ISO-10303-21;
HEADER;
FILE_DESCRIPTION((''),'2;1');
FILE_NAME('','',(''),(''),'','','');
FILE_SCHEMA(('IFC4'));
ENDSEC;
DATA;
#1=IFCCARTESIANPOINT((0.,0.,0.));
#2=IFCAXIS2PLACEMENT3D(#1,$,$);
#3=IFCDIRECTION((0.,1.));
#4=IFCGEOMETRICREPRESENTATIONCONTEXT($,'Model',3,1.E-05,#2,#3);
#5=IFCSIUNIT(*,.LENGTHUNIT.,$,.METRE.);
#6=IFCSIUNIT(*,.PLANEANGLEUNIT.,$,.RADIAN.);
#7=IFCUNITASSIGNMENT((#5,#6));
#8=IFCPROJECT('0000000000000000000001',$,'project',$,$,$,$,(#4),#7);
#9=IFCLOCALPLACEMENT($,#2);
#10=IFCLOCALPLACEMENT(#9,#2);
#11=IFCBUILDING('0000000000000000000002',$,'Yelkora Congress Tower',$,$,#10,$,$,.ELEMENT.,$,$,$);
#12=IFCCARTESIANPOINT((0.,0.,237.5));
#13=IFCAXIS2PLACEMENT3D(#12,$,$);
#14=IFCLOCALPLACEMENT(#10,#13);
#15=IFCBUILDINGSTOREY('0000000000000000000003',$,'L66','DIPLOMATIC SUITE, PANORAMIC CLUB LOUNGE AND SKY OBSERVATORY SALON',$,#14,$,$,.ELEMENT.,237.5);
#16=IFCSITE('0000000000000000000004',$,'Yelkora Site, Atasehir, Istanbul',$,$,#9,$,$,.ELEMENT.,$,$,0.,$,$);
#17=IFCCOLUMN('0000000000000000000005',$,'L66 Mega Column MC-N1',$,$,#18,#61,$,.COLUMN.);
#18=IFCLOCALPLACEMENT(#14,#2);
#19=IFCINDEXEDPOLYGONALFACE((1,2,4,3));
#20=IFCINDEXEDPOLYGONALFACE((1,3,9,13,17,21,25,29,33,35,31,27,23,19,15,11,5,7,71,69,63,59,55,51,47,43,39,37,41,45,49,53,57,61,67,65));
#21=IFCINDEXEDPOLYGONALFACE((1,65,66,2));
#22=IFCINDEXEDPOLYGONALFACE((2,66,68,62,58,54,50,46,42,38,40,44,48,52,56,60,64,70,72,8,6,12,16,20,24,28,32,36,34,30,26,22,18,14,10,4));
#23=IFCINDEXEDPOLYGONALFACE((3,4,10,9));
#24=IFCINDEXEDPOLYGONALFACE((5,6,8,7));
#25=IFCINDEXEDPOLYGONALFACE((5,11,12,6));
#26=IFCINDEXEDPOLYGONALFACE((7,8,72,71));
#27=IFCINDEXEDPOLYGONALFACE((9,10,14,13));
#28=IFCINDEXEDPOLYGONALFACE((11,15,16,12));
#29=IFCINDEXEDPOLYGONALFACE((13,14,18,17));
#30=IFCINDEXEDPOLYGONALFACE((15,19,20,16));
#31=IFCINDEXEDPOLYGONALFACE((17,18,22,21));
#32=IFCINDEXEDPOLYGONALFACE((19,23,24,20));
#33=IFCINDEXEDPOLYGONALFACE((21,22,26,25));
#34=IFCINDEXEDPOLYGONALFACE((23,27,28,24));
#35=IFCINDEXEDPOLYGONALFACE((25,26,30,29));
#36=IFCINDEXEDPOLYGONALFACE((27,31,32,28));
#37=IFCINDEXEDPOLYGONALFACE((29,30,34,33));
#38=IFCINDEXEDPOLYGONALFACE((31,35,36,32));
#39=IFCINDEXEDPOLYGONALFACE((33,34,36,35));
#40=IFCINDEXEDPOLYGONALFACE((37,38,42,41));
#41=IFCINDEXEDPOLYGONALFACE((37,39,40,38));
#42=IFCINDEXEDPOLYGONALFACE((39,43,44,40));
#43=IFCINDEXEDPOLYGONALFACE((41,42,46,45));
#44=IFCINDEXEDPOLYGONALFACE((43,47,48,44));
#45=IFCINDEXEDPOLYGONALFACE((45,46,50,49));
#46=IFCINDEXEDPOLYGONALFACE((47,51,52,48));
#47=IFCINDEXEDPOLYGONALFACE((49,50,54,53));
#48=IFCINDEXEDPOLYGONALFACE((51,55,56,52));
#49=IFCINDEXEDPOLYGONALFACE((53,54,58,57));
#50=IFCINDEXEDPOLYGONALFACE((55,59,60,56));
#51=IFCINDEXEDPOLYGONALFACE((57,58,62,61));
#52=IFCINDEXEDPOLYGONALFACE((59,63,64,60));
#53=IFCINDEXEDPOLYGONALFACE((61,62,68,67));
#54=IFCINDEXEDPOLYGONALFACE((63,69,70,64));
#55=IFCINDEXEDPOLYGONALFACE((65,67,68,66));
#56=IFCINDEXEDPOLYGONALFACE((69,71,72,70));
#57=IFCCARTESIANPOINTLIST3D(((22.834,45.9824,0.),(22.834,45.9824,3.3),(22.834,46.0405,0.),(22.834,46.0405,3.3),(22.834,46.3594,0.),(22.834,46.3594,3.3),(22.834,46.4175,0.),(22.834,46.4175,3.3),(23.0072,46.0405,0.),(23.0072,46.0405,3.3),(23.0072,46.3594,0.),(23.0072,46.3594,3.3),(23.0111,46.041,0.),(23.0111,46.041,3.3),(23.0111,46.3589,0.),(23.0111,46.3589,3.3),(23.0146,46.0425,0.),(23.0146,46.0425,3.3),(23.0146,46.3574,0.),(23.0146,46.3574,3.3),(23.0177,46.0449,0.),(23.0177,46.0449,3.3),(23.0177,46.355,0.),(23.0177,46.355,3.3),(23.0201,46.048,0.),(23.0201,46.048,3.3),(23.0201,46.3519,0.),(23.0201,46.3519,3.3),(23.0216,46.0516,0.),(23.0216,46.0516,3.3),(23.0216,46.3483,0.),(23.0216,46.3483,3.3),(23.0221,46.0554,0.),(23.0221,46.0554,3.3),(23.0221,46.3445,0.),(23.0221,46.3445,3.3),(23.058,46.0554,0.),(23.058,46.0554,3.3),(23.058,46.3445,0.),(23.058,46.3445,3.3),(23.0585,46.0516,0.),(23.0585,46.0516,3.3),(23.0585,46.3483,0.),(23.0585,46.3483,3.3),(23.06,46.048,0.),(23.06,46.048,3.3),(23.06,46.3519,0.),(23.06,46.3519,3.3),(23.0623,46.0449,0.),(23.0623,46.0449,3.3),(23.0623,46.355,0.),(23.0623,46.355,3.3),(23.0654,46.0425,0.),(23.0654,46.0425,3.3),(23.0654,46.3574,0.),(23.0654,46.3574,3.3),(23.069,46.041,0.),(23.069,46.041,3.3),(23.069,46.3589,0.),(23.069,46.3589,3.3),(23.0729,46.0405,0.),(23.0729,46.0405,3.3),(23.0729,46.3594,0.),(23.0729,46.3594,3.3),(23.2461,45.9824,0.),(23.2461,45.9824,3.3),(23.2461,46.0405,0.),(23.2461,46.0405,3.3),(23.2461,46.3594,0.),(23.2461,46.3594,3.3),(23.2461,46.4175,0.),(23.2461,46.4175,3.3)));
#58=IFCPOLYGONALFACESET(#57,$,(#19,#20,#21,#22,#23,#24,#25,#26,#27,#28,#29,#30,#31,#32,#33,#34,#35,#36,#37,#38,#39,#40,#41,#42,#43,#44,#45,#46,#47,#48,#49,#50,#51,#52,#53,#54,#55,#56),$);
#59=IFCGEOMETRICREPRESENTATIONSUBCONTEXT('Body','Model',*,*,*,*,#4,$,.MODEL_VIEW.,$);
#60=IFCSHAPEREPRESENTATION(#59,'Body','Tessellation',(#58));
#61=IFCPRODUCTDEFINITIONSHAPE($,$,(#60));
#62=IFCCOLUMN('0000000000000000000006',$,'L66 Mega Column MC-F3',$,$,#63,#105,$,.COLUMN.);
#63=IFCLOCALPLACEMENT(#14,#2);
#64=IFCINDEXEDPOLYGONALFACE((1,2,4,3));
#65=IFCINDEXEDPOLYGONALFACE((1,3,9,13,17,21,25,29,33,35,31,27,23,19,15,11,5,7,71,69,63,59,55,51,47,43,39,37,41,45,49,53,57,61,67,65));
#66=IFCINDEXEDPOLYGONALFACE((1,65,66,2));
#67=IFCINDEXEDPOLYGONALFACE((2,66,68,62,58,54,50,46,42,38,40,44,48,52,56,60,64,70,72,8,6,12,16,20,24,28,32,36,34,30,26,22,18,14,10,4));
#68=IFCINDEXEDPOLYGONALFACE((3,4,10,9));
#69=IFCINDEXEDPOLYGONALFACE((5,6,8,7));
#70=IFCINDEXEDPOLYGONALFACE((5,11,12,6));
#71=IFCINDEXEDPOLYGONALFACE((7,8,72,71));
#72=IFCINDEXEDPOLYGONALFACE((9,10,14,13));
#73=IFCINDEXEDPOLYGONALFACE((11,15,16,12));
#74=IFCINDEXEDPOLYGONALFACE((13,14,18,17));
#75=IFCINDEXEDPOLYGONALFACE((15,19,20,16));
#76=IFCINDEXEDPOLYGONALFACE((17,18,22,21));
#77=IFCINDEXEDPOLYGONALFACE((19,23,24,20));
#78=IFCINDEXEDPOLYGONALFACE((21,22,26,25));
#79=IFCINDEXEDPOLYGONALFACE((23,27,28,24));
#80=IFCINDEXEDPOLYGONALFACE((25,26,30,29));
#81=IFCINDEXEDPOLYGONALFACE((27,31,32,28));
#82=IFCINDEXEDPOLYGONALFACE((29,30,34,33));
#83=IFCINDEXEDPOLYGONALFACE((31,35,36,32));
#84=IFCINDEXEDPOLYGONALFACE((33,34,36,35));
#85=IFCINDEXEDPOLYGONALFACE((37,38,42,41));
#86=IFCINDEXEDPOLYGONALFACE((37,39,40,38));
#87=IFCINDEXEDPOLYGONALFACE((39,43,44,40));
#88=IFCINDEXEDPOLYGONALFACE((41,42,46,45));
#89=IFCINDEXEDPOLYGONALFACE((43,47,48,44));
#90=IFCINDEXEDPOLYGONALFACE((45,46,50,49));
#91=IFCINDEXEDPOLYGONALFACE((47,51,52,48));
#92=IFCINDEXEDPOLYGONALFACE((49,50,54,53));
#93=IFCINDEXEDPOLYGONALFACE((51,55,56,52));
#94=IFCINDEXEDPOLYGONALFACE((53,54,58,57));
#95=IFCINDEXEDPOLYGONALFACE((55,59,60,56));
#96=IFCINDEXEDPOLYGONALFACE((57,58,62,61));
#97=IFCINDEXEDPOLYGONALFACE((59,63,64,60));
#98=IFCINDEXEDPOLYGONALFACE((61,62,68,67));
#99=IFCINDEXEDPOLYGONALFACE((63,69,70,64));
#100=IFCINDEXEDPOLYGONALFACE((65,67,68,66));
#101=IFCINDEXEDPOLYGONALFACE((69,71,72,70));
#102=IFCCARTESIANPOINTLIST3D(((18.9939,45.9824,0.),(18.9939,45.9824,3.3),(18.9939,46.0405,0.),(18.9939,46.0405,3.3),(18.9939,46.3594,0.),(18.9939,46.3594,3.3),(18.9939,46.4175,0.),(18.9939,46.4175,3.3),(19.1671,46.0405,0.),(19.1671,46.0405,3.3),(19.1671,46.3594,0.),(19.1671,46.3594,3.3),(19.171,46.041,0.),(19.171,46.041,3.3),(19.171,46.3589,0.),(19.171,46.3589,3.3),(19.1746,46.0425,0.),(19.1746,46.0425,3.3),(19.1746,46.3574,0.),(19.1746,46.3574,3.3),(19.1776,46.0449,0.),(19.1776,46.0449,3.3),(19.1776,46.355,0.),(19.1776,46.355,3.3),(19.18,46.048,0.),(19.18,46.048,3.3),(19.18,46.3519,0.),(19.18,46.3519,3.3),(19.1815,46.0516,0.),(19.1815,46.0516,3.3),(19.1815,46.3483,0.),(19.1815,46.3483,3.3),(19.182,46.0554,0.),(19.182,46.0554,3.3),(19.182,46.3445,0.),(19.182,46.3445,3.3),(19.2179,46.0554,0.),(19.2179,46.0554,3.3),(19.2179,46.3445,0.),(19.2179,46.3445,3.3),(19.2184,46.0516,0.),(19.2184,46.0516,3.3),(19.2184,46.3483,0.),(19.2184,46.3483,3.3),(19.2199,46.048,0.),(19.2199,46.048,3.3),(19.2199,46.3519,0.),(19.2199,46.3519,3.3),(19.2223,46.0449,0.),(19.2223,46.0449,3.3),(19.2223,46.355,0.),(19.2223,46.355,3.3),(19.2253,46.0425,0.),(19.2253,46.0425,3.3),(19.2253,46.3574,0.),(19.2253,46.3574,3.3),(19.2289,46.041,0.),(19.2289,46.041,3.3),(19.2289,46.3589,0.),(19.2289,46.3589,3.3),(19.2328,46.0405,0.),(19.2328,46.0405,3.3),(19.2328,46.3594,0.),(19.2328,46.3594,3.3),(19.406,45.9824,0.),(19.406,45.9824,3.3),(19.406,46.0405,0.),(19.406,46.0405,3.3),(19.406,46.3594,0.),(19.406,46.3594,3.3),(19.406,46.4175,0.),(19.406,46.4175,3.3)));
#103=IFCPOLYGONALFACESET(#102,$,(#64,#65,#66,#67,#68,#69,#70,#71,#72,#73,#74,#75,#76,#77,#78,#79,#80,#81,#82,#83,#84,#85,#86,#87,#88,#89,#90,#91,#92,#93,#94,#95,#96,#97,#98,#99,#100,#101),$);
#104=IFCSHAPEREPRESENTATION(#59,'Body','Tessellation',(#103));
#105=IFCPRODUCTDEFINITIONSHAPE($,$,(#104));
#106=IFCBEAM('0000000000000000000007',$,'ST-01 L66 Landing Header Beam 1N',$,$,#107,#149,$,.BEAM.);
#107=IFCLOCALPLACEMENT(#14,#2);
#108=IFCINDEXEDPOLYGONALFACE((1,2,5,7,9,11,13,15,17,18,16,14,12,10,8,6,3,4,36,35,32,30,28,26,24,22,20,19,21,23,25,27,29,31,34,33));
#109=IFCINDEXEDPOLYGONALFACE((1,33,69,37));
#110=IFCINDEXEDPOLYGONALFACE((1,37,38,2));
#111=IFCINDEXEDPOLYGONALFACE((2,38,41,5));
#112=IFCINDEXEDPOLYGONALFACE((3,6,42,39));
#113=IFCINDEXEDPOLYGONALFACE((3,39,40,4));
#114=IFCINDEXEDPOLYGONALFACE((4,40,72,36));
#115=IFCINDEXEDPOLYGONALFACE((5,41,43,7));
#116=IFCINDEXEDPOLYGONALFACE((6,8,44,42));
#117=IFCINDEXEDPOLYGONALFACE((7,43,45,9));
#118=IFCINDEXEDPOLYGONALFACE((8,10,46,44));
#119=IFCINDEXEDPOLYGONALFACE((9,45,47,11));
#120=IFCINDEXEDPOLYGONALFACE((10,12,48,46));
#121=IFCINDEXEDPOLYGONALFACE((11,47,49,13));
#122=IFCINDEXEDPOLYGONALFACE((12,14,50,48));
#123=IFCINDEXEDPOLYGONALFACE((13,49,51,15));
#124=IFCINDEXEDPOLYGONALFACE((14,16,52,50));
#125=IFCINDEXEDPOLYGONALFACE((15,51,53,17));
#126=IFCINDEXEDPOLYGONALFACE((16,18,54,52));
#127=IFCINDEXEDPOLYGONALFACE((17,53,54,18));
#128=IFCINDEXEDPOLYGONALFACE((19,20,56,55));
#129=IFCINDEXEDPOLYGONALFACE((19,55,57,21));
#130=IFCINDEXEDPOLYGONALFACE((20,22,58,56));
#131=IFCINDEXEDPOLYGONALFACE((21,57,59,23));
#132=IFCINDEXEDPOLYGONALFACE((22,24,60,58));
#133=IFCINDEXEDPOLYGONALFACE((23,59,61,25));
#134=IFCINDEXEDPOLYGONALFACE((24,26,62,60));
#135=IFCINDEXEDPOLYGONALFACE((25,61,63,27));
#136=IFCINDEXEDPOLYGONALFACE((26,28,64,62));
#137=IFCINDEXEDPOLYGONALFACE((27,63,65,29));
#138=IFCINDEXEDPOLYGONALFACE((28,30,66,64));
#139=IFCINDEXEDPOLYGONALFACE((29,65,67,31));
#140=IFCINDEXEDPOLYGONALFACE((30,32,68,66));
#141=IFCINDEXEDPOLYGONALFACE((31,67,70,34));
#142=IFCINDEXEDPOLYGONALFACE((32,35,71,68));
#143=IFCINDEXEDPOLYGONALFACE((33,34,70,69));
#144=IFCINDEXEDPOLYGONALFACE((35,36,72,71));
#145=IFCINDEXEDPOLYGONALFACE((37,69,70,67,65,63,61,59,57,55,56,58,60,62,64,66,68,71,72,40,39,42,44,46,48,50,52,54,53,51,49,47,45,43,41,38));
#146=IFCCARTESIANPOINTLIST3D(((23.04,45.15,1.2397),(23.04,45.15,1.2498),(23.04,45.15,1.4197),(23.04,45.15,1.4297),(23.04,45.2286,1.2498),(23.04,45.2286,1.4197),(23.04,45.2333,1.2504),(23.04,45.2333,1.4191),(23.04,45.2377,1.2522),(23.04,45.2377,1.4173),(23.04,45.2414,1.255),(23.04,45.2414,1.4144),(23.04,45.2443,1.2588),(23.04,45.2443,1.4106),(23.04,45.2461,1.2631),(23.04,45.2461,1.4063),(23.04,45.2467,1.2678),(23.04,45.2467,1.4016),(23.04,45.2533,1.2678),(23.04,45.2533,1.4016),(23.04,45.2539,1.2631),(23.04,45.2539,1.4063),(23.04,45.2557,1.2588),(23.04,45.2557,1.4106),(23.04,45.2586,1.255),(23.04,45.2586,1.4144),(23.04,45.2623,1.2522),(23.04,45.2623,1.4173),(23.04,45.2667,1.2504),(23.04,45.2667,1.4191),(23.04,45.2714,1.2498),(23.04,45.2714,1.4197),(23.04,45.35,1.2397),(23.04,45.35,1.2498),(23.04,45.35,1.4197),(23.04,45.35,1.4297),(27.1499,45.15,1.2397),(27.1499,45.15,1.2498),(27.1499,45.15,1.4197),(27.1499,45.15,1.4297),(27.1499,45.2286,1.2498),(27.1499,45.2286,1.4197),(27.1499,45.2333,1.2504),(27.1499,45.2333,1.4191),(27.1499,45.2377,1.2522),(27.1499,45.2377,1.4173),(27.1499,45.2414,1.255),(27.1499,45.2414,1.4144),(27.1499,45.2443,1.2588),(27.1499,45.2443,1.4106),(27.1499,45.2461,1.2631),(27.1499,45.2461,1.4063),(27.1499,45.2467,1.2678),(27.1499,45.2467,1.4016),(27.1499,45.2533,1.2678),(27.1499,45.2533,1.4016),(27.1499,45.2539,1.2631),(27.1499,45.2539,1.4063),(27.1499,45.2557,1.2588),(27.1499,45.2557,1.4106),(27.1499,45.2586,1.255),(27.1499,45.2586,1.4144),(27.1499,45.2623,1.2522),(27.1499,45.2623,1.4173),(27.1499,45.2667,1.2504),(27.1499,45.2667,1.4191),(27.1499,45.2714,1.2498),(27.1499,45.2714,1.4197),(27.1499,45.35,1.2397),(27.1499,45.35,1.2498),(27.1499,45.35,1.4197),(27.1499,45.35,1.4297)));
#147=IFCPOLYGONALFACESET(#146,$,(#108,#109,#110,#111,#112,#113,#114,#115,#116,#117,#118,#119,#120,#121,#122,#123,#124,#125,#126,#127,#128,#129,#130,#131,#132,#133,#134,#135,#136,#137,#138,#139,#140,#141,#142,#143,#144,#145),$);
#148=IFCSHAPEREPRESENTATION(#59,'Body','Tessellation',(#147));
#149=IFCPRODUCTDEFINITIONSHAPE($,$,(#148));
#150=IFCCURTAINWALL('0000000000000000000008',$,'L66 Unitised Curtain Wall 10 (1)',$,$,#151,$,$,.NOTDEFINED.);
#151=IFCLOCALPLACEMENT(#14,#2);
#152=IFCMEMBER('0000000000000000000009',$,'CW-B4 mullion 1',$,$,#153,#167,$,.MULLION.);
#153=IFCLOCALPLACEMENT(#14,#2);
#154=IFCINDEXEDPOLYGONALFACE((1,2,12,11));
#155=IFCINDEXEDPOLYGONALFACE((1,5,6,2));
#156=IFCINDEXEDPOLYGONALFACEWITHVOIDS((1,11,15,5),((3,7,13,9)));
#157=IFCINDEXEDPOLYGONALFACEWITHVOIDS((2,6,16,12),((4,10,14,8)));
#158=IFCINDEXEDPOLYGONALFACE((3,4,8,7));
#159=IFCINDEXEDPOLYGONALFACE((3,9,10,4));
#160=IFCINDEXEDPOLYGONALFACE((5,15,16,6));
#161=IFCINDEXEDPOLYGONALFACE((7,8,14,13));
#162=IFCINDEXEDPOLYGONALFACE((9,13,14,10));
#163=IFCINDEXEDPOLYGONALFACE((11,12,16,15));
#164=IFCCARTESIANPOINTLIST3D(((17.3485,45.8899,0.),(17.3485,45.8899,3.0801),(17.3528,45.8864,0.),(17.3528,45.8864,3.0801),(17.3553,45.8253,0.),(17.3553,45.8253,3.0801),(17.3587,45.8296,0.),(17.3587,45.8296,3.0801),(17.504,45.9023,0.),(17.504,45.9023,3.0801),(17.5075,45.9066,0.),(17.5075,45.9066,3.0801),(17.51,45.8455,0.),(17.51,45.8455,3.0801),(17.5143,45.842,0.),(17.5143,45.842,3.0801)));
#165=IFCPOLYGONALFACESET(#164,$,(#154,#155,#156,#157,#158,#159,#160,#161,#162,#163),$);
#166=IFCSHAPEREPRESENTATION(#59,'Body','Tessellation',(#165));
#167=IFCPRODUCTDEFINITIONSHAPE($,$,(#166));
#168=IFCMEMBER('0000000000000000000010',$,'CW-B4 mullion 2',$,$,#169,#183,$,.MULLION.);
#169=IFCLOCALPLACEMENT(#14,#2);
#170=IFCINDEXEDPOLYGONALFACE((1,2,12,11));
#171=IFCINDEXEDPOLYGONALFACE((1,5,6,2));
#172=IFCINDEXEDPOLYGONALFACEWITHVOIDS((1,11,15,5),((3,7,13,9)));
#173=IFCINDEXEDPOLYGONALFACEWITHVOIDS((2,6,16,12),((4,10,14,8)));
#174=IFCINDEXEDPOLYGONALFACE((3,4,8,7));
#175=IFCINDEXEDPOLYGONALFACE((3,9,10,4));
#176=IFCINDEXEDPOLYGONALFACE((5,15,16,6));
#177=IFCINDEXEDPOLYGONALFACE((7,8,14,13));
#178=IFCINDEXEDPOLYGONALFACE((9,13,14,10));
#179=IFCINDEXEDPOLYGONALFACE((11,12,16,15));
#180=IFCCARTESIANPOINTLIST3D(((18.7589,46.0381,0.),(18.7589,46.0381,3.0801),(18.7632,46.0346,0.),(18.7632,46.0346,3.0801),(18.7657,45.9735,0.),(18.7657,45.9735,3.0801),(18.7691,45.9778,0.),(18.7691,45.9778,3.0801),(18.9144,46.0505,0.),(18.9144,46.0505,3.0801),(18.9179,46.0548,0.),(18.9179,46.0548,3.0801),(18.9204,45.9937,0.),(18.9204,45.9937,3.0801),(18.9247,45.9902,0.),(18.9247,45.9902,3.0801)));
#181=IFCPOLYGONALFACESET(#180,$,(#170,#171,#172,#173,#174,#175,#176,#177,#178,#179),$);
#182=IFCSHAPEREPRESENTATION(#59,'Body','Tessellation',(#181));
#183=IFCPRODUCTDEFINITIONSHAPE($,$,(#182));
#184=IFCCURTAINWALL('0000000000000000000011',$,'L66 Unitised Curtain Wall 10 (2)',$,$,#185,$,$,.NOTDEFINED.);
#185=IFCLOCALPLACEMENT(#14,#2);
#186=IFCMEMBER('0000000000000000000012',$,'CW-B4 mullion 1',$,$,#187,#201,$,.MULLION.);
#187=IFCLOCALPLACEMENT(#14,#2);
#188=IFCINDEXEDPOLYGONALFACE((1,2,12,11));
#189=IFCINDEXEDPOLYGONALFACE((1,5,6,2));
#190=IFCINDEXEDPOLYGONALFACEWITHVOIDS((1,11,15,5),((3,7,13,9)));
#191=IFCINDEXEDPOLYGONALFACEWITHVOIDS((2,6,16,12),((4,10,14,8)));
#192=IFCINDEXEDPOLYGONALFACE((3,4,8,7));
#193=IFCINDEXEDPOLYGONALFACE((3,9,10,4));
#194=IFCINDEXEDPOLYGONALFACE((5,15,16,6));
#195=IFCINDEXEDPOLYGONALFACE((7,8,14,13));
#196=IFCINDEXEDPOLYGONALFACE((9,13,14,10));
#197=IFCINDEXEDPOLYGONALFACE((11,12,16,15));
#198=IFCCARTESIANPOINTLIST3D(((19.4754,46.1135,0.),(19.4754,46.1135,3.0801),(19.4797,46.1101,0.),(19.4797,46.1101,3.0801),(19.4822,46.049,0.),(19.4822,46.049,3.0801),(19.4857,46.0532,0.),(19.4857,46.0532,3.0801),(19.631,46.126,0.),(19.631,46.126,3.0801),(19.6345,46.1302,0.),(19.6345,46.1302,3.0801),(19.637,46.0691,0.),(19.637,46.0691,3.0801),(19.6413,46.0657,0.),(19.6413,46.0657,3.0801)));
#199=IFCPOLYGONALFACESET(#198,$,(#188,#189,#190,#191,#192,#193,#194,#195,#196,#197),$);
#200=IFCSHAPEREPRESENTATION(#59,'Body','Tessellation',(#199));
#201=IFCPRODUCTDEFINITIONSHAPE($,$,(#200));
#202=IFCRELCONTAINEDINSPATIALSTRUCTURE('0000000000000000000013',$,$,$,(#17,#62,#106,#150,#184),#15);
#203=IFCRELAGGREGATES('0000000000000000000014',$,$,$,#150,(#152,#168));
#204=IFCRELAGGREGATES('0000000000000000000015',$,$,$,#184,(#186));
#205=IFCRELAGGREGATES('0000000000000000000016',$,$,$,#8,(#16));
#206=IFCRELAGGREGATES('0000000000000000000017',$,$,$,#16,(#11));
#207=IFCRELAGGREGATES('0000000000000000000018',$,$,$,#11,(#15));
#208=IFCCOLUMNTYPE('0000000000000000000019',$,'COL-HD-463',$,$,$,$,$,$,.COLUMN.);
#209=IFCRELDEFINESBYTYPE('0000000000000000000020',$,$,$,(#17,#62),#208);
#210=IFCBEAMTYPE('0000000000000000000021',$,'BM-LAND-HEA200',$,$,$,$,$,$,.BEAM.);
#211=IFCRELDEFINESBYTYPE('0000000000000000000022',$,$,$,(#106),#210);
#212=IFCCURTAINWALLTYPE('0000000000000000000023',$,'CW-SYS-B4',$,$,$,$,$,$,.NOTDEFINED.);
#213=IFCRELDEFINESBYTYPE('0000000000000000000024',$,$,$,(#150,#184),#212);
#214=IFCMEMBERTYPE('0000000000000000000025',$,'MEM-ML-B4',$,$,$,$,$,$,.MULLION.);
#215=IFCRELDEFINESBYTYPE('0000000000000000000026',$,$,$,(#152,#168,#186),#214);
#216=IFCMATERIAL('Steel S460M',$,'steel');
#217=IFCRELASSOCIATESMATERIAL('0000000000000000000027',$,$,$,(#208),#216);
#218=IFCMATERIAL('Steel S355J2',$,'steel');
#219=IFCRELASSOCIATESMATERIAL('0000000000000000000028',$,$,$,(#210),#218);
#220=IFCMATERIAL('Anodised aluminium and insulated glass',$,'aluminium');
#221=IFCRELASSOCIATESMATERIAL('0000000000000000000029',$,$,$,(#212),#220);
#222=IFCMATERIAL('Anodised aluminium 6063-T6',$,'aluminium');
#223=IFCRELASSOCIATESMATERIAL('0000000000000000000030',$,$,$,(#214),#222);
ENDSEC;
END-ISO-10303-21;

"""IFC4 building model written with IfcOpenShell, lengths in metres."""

from ifc_helpers import new_model, si_unit, direction, frame, origin, origin_2d, place, context, subcontext, project, spatial, hollow_rectangle, i_section, extrude, material, material_profile, profile_set, type_object, element, aggregate, save


model = new_model("IFC4")

# Units and contexts
model_context = context("Model", 3, precision=1e-05, world=origin(), true_north=direction((0.0, 1.0)))
body_context = subcontext(model_context, "Body", "Model", "MODEL_VIEW")
ifc_project = project(units=[si_unit("LENGTHUNIT", "METRE"), si_unit("PLANEANGLEUNIT", "RADIAN")], contexts=[model_context])

# Site, building, storey
site_placement = place(None, origin())
site = spatial("IfcSite", under=ifc_project, at=site_placement, Name="Yelkora Site, Atasehir, Istanbul", CompositionType="ELEMENT", RefElevation=0.0)
building_placement = place(site_placement, origin())
building = spatial("IfcBuilding", under=site, at=building_placement, Name="Yelkora Congress Tower", CompositionType="ELEMENT")
storey_placement = place(building_placement, frame((0.0, 0.0, 237.5)))
storey = spatial("IfcBuildingStorey", under=building, at=storey_placement, Name="L66", Description="DIPLOMATIC SUITE, PANORAMIC CLUB LOUNGE AND SKY OBSERVATORY SALON", CompositionType="ELEMENT", Elevation=237.5)

# Columns
ifc_material_1 = material(Name="Steel S460M", Category="steel")
ifc_material_profile_1 = material_profile(ifc_material_1, i_section(OverallWidth=0.4121, OverallDepth=0.4351, WebThickness=0.0359, FlangeThickness=0.0581, FilletRadius=0.0149, at=origin_2d()), Name="HD 400x463")
ifc_profile_set_1 = profile_set([ifc_material_profile_1], Name="Steel S460M")
column_type = type_object("IfcColumnType", Name="COL-HD-463", PredefinedType="COLUMN", material=ifc_profile_set_1)
for number, where, z_axis, x_axis, name in (
    (1, (23.04, 46.2, 0.0), (0.0, 0.0, 1.0), (1.0, 0.0, 0.0), "L66 Mega Column MC-N1"),
    (2, (19.2, 46.2, 0.0), (0.0, 0.0, 1.0), (1.0, 0.0, 0.0), "L66 Mega Column MC-F3"),
):
    element("IfcColumn", number, at=place(storey_placement, frame(where, z_axis=z_axis, x_axis=x_axis)), inside=storey, type_object=column_type, Name=name, PredefinedType="COLUMN", context=body_context, shape_type="SweptSolid", body=[
        extrude(i_section(OverallWidth=0.4121, OverallDepth=0.4351, WebThickness=0.0359, FlangeThickness=0.0581, FilletRadius=0.0149, at=origin_2d()), origin(), (0.0, 0.0, 1.0), 3.3),
    ])

# Beam
ifc_material_2 = material(Name="Steel S355J2", Category="steel")
ifc_material_profile_2 = material_profile(ifc_material_2, i_section(OverallWidth=0.2, OverallDepth=0.1899, WebThickness=0.0066, FlangeThickness=0.01, FilletRadius=0.0181, at=origin_2d()), Name="HEA 200")
ifc_profile_set_2 = profile_set([ifc_material_profile_2], Name="Steel S355J2")
beam_type = type_object("IfcBeamType", Name="BM-LAND-HEA200", PredefinedType="BEAM", material=ifc_profile_set_2)
beam_placement = place(storey_placement, frame((23.04, 45.25, 1.3347), z_axis=(1.0, 0.0, 0.0), x_axis=(0.0, 1.0, 0.0)))
element("IfcBeam", 3, at=beam_placement, inside=storey, type_object=beam_type, Name="ST-01 L66 Landing Header Beam 1N", PredefinedType="BEAM", context=body_context, shape_type="SweptSolid", body=[
    extrude(i_section(OverallWidth=0.2, OverallDepth=0.1899, WebThickness=0.0066, FlangeThickness=0.01, FilletRadius=0.0181, at=origin_2d()), origin(), (0.0, 0.0, 1.0), 4.1099),
])

# Curtain walls, members
ifc_material_3 = material(Name="Anodised aluminium and insulated glass", Category="aluminium")
curtain_wall_type = type_object("IfcCurtainWallType", Name="CW-SYS-B4", PredefinedType="NOTDEFINED", material=ifc_material_3)
curtain_wall_1_placement = place(storey_placement, origin())
curtain_wall_1 = element("IfcCurtainWall", 4, at=curtain_wall_1_placement, inside=storey, type_object=curtain_wall_type, Name="L66 Unitised Curtain Wall 10 (1)", PredefinedType="NOTDEFINED")
ifc_material_4 = material(Name="Anodised aluminium 6063-T6", Category="aluminium")
ifc_material_profile_3 = material_profile(ifc_material_4, hollow_rectangle(XDim=0.0649, YDim=0.1599, WallThickness=0.0039, at=origin_2d()), Name="ALU 65x160x4")
ifc_profile_set_3 = profile_set([ifc_material_profile_3], Name="Anodised aluminium 6063-T6")
member_type_1 = type_object("IfcMemberType", Name="MEM-ML-B4", PredefinedType="MULLION", material=ifc_profile_set_3)
member_1_placement = place(storey_placement, frame((17.4314, 45.866, 0.0), z_axis=(0.0, 0.0, 1.0), x_axis=(-0.104509, 0.994524, 0.0)))
member_1 = element("IfcMember", 5, at=member_1_placement, type_object=member_type_1, Name="CW-B4 mullion 1", PredefinedType="MULLION", context=body_context, shape_type="SweptSolid", body=[
    extrude(hollow_rectangle(XDim=0.0649, YDim=0.1599, WallThickness=0.0039, at=origin_2d()), origin(), (0.0, 0.0, 1.0), 3.0801),
])
member_2_placement = place(storey_placement, frame((18.8418, 46.0142, 0.0), z_axis=(0.0, 0.0, 1.0), x_axis=(-0.104509, 0.994524, 0.0)))
member_2 = element("IfcMember", 6, at=member_2_placement, type_object=member_type_1, Name="CW-B4 mullion 2", PredefinedType="MULLION", context=body_context, shape_type="SweptSolid", body=[
    extrude(hollow_rectangle(XDim=0.0649, YDim=0.1599, WallThickness=0.0039, at=origin_2d()), origin(), (0.0, 0.0, 1.0), 3.0801),
])
curtain_wall_2_placement = place(storey_placement, origin())
curtain_wall_2 = element("IfcCurtainWall", 7, at=curtain_wall_2_placement, inside=storey, type_object=curtain_wall_type, Name="L66 Unitised Curtain Wall 10 (2)", PredefinedType="NOTDEFINED")
member_3_placement = place(storey_placement, frame((19.5583, 46.0896, 0.0), z_axis=(0.0, 0.0, 1.0), x_axis=(-0.104506, 0.994524, 0.0)))
member_3 = element("IfcMember", 8, at=member_3_placement, type_object=member_type_1, Name="CW-B4 mullion 1", PredefinedType="MULLION", context=body_context, shape_type="SweptSolid", body=[
    extrude(hollow_rectangle(XDim=0.0649, YDim=0.1599, WallThickness=0.0039, at=origin_2d()), origin(), (0.0, 0.0, 1.0), 3.0801),
])

aggregate(curtain_wall_1, [member_1, member_2])
aggregate(curtain_wall_2, [member_3])

save(model, "model.ifc")
